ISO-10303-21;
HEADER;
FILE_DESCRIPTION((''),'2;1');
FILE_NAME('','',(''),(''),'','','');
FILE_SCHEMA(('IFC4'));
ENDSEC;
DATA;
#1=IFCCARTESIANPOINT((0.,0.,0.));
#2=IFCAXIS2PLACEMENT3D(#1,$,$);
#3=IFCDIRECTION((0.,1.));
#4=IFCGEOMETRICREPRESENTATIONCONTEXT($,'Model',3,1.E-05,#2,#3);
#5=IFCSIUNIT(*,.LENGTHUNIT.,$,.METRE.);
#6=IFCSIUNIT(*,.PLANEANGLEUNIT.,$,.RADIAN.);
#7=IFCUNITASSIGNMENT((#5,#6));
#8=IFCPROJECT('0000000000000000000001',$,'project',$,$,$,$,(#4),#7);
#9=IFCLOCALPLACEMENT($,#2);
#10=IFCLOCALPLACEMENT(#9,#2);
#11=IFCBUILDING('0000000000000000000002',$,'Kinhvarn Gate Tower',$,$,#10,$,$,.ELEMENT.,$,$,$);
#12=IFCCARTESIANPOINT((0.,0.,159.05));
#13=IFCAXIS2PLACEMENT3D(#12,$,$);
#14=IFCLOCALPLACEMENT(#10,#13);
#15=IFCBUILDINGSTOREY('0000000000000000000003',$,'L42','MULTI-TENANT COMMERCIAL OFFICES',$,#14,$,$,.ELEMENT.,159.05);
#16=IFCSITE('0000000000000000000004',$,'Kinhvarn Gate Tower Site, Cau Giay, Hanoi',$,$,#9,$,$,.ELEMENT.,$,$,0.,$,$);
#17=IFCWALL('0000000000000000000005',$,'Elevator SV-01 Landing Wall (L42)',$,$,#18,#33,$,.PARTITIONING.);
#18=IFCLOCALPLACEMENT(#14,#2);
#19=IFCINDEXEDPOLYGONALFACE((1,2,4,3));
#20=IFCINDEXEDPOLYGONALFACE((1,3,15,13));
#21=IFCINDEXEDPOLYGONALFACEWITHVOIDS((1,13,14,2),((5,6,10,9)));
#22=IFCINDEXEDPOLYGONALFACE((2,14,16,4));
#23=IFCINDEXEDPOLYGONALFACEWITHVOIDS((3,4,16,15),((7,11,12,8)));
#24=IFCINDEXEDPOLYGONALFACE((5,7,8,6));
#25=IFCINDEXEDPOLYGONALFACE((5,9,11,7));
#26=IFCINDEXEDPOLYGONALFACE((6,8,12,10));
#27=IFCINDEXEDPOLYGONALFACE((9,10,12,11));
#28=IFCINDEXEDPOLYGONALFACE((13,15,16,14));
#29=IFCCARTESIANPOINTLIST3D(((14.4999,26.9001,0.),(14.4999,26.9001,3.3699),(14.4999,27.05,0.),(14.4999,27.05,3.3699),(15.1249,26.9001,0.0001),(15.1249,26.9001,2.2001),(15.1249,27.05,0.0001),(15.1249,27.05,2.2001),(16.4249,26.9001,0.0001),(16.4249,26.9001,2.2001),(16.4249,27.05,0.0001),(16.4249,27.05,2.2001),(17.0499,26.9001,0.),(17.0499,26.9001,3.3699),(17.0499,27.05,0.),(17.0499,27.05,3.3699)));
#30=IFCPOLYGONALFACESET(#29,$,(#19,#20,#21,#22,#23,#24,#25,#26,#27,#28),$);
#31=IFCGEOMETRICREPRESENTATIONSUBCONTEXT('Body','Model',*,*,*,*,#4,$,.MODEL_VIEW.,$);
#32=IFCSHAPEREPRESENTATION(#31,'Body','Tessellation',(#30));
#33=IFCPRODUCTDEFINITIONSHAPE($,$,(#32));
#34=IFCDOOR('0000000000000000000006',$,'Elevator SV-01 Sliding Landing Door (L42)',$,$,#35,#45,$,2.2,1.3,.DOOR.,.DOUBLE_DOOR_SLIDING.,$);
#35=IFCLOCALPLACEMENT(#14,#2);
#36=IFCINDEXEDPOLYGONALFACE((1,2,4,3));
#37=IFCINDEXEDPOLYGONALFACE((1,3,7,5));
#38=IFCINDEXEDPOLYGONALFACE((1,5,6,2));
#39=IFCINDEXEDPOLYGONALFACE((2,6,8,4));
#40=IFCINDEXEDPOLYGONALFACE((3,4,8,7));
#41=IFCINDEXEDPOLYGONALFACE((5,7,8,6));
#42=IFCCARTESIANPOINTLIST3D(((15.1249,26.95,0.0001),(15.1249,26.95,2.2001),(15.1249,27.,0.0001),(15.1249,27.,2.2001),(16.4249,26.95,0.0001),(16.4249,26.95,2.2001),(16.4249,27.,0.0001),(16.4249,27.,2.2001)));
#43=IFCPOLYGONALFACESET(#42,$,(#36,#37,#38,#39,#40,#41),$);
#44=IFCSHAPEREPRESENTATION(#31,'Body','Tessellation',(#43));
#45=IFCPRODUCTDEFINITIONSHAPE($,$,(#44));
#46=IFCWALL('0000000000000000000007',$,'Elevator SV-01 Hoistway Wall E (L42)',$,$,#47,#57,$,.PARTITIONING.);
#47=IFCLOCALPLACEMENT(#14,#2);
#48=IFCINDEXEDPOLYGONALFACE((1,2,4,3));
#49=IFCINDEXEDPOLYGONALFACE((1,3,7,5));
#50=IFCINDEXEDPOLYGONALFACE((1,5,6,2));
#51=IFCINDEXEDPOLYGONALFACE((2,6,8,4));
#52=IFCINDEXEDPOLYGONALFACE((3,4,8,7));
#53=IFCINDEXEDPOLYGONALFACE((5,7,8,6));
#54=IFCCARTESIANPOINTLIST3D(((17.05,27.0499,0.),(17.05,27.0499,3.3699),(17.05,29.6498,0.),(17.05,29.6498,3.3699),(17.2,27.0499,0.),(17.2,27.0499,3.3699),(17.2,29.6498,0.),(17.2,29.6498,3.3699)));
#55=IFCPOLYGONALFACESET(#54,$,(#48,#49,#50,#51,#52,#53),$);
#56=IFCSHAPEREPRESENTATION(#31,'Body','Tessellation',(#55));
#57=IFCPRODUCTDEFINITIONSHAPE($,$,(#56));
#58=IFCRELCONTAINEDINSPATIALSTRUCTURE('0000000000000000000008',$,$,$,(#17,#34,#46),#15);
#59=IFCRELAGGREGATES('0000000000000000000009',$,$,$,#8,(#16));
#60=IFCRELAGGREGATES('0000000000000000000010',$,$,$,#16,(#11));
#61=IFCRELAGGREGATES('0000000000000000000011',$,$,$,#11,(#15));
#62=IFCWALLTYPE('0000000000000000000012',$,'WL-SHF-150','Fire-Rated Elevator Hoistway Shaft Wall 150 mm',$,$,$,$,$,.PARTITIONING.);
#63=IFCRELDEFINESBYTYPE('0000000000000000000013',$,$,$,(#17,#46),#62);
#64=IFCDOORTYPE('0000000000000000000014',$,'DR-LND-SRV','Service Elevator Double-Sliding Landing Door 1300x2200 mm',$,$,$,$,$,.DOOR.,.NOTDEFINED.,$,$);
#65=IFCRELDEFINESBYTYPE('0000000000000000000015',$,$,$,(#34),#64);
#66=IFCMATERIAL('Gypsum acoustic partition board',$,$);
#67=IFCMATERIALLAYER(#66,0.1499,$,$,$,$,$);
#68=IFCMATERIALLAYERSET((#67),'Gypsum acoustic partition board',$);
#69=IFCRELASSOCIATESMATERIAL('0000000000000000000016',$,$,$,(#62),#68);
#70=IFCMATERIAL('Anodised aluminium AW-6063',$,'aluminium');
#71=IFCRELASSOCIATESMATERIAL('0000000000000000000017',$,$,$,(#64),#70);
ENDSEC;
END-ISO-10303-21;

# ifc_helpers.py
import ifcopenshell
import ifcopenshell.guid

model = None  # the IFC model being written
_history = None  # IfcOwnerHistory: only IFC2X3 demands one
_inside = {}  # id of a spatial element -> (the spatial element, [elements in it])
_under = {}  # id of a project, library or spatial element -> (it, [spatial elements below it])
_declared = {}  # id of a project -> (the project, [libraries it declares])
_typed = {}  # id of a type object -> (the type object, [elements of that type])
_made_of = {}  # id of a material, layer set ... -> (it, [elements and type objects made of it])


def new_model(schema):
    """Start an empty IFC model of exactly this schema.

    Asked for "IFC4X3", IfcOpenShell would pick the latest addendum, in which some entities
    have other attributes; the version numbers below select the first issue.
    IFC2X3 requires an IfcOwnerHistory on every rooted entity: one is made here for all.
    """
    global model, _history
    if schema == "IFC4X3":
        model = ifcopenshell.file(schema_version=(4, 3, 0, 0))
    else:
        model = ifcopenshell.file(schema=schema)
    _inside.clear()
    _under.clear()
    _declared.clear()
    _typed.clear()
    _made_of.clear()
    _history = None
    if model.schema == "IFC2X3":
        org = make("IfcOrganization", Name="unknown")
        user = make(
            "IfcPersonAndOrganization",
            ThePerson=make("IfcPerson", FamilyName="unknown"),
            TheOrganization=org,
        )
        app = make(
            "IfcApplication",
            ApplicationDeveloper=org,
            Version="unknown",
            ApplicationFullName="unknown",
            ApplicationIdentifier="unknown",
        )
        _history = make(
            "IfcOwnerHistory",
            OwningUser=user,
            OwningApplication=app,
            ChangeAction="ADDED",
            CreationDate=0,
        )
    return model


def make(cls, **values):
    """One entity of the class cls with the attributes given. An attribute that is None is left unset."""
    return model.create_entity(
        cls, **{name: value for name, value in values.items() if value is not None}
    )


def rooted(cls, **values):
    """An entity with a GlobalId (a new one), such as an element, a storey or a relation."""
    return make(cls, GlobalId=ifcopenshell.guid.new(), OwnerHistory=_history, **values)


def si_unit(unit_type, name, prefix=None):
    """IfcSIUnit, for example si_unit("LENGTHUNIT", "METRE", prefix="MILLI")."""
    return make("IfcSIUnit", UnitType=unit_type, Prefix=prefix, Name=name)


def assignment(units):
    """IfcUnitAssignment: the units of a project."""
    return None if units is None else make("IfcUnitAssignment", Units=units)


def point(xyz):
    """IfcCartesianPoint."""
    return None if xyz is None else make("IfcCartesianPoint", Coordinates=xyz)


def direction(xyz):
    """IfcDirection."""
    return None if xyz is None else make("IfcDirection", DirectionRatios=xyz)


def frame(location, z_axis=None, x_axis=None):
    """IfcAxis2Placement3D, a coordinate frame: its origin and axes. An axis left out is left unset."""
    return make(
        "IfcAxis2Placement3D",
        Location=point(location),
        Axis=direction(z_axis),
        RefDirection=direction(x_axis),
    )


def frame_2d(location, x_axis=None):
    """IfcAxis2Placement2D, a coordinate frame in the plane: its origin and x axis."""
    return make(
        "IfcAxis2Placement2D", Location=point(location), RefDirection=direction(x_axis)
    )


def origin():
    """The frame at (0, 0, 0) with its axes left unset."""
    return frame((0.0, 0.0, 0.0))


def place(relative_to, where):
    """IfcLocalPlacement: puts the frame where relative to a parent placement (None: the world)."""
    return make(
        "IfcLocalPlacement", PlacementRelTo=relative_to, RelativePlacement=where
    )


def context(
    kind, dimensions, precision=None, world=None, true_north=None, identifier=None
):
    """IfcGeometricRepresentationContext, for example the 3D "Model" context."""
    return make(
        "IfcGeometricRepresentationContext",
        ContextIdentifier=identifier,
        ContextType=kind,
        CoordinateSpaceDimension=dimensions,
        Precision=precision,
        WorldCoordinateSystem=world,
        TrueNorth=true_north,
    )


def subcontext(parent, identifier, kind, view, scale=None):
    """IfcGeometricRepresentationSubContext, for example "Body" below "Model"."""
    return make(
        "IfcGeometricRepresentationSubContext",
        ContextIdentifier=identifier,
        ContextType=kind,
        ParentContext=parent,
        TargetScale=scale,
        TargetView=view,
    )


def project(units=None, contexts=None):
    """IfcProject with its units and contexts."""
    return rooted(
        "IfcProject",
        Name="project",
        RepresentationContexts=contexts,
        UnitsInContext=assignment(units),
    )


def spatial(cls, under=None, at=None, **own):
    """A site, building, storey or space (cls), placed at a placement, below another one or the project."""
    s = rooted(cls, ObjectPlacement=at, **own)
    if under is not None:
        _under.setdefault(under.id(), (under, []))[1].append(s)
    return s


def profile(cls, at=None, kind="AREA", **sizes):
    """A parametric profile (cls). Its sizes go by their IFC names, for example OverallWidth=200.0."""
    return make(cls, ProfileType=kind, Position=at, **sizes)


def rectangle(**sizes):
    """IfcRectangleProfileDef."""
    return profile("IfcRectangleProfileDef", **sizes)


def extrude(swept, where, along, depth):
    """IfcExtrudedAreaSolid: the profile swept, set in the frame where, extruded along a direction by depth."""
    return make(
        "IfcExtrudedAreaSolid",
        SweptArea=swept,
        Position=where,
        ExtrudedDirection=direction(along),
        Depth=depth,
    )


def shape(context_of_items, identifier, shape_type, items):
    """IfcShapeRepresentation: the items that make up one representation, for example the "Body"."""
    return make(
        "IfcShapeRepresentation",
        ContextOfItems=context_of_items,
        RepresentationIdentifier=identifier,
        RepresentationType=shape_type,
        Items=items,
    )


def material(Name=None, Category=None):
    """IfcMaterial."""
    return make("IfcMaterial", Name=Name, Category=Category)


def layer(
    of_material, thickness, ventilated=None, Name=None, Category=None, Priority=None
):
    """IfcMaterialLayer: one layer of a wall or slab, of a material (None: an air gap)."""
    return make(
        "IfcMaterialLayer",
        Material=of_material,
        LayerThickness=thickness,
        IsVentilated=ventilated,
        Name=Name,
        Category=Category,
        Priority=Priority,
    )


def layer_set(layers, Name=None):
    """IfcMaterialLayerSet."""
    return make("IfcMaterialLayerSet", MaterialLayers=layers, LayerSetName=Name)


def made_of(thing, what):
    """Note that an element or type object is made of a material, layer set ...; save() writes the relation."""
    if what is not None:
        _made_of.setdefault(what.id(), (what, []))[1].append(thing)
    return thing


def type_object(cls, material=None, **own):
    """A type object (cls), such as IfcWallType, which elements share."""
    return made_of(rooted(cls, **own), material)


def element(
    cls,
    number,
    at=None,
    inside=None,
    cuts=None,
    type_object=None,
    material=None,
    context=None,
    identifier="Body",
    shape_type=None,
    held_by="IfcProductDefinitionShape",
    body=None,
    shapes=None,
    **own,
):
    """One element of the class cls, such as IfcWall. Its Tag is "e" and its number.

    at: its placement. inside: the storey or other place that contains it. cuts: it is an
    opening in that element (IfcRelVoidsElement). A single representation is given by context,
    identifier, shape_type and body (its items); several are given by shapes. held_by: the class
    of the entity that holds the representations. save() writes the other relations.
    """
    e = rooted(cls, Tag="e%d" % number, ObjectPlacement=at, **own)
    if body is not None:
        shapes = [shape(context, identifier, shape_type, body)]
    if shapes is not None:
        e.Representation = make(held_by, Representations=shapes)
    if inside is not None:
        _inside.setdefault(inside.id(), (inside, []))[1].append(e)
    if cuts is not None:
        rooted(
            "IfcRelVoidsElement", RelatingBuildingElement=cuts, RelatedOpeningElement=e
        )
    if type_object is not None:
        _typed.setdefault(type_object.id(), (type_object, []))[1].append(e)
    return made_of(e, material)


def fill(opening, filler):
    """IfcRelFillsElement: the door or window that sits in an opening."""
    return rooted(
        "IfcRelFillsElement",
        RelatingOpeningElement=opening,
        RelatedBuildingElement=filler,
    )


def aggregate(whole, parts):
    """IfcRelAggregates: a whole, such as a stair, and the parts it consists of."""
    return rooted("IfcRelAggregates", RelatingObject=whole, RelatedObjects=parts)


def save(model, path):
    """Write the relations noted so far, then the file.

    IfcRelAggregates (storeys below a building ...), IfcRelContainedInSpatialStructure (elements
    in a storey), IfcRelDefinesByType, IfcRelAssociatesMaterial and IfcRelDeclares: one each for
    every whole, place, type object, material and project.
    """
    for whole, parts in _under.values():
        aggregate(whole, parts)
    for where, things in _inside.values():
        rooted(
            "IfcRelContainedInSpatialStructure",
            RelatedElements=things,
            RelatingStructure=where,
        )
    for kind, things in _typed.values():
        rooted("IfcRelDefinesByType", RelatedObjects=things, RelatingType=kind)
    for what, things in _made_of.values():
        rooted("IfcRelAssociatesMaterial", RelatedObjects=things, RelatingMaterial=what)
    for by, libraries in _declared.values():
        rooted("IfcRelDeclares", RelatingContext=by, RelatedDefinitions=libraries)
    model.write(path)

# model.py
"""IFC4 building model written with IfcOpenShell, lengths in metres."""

from ifc_helpers import new_model, si_unit, direction, frame, frame_2d, origin, place, context, subcontext, project, spatial, rectangle, extrude, material, layer, layer_set, type_object, element, fill, save


model = new_model("IFC4")

# Units and contexts
model_context = context("Model", 3, precision=1e-05, world=origin(), true_north=direction((0.0, 1.0)))
body_context = subcontext(model_context, "Body", "Model", "MODEL_VIEW")
ifc_project = project(units=[si_unit("LENGTHUNIT", "METRE"), si_unit("PLANEANGLEUNIT", "RADIAN")], contexts=[model_context])

# Site, building, storey
site_placement = place(None, origin())
site = spatial("IfcSite", under=ifc_project, at=site_placement, Name="Kinhvarn Gate Tower Site, Cau Giay, Hanoi", CompositionType="ELEMENT", RefElevation=0.0)
building_placement = place(site_placement, origin())
building = spatial("IfcBuilding", under=site, at=building_placement, Name="Kinhvarn Gate Tower", CompositionType="ELEMENT")
storey_placement = place(building_placement, frame((0.0, 0.0, 159.05)))
storey = spatial("IfcBuildingStorey", under=building, at=storey_placement, Name="L42", Description="MULTI-TENANT COMMERCIAL OFFICES", CompositionType="ELEMENT", Elevation=159.05)

# Shared definitions
ifc_material_1 = material(Name="Anodised aluminium AW-6063", Category="aluminium")

# Shared definitions
ifc_material_2 = material(Name="Gypsum acoustic partition board")

# Wall, opening, door
ifc_layer_1 = layer(ifc_material_2, 0.1499)
ifc_layer_set_1 = layer_set([ifc_layer_1], Name="Gypsum acoustic partition board")
wall_type_1 = type_object("IfcWallType", Name="WL-SHF-150", Description="Fire-Rated Elevator Hoistway Shaft Wall 150 mm", PredefinedType="PARTITIONING", material=ifc_layer_set_1)
wall_1_placement = place(storey_placement, frame((14.5, 26.9751, 0.0), z_axis=(0.0, 0.0, 1.0), x_axis=(1.0, 0.0, 0.0)))
wall_1 = element("IfcWall", 1, at=wall_1_placement, inside=storey, type_object=wall_type_1, Name="Elevator SV-01 Landing Wall (L42)", PredefinedType="PARTITIONING", context=body_context, shape_type="SweptSolid", body=[
    extrude(rectangle(XDim=2.55, YDim=0.1499, at=frame_2d((1.2749, 0.0))), origin(), (0.0, 0.0, 1.0), 3.3699),
])
opening_1_placement = place(wall_1_placement, frame((0.625, 0.0, 0.0)))
opening_1 = element("IfcOpeningElement", 2, at=opening_1_placement, cuts=wall_1, PredefinedType="OPENING", context=body_context, shape_type="SweptSolid", body=[
    extrude(rectangle(XDim=1.3, YDim=2.2, at=frame_2d((0.6499, 1.1001))), frame((0.0, 0.085, 0.0), z_axis=(0.0, -1.0, 0.0), x_axis=(1.0, 0.0, 0.0)), (0.0, 0.0, 1.0), 0.1699),
])
door_type_1 = type_object("IfcDoorType", Name="DR-LND-SRV", Description="Service Elevator Double-Sliding Landing Door 1300x2200 mm", OperationType="NOTDEFINED", PredefinedType="DOOR", material=ifc_material_1)
door_1_placement = place(opening_1_placement, origin())
door_1 = element("IfcDoor", 3, at=door_1_placement, inside=storey, type_object=door_type_1, Name="Elevator SV-01 Sliding Landing Door (L42)", OperationType="DOUBLE_DOOR_SLIDING", OverallHeight=2.2, OverallWidth=1.3, PredefinedType="DOOR", context=body_context, shape_type="SweptSolid", body=[
    extrude(rectangle(XDim=1.3, YDim=2.2, at=frame_2d((0.6499, 1.1001))), frame((0.0, 0.0249, 0.0), z_axis=(0.0, -1.0, 0.0), x_axis=(1.0, 0.0, 0.0)), (0.0, 0.0, 1.0), 0.05),
])
fill(opening_1, door_1)

# Wall
wall_2_placement = place(storey_placement, frame((17.125, 27.05, 0.0), z_axis=(0.0, 0.0, 1.0), x_axis=(0.0, 1.0, 0.0)))
element("IfcWall", 4, at=wall_2_placement, inside=storey, type_object=wall_type_1, Name="Elevator SV-01 Hoistway Wall E (L42)", PredefinedType="PARTITIONING", context=body_context, shape_type="SweptSolid", body=[
    extrude(rectangle(XDim=2.5999, YDim=0.1499, at=frame_2d((1.2998, 0.0))), origin(), (0.0, 0.0, 1.0), 3.3699),
])

save(model, "model.ifc")
